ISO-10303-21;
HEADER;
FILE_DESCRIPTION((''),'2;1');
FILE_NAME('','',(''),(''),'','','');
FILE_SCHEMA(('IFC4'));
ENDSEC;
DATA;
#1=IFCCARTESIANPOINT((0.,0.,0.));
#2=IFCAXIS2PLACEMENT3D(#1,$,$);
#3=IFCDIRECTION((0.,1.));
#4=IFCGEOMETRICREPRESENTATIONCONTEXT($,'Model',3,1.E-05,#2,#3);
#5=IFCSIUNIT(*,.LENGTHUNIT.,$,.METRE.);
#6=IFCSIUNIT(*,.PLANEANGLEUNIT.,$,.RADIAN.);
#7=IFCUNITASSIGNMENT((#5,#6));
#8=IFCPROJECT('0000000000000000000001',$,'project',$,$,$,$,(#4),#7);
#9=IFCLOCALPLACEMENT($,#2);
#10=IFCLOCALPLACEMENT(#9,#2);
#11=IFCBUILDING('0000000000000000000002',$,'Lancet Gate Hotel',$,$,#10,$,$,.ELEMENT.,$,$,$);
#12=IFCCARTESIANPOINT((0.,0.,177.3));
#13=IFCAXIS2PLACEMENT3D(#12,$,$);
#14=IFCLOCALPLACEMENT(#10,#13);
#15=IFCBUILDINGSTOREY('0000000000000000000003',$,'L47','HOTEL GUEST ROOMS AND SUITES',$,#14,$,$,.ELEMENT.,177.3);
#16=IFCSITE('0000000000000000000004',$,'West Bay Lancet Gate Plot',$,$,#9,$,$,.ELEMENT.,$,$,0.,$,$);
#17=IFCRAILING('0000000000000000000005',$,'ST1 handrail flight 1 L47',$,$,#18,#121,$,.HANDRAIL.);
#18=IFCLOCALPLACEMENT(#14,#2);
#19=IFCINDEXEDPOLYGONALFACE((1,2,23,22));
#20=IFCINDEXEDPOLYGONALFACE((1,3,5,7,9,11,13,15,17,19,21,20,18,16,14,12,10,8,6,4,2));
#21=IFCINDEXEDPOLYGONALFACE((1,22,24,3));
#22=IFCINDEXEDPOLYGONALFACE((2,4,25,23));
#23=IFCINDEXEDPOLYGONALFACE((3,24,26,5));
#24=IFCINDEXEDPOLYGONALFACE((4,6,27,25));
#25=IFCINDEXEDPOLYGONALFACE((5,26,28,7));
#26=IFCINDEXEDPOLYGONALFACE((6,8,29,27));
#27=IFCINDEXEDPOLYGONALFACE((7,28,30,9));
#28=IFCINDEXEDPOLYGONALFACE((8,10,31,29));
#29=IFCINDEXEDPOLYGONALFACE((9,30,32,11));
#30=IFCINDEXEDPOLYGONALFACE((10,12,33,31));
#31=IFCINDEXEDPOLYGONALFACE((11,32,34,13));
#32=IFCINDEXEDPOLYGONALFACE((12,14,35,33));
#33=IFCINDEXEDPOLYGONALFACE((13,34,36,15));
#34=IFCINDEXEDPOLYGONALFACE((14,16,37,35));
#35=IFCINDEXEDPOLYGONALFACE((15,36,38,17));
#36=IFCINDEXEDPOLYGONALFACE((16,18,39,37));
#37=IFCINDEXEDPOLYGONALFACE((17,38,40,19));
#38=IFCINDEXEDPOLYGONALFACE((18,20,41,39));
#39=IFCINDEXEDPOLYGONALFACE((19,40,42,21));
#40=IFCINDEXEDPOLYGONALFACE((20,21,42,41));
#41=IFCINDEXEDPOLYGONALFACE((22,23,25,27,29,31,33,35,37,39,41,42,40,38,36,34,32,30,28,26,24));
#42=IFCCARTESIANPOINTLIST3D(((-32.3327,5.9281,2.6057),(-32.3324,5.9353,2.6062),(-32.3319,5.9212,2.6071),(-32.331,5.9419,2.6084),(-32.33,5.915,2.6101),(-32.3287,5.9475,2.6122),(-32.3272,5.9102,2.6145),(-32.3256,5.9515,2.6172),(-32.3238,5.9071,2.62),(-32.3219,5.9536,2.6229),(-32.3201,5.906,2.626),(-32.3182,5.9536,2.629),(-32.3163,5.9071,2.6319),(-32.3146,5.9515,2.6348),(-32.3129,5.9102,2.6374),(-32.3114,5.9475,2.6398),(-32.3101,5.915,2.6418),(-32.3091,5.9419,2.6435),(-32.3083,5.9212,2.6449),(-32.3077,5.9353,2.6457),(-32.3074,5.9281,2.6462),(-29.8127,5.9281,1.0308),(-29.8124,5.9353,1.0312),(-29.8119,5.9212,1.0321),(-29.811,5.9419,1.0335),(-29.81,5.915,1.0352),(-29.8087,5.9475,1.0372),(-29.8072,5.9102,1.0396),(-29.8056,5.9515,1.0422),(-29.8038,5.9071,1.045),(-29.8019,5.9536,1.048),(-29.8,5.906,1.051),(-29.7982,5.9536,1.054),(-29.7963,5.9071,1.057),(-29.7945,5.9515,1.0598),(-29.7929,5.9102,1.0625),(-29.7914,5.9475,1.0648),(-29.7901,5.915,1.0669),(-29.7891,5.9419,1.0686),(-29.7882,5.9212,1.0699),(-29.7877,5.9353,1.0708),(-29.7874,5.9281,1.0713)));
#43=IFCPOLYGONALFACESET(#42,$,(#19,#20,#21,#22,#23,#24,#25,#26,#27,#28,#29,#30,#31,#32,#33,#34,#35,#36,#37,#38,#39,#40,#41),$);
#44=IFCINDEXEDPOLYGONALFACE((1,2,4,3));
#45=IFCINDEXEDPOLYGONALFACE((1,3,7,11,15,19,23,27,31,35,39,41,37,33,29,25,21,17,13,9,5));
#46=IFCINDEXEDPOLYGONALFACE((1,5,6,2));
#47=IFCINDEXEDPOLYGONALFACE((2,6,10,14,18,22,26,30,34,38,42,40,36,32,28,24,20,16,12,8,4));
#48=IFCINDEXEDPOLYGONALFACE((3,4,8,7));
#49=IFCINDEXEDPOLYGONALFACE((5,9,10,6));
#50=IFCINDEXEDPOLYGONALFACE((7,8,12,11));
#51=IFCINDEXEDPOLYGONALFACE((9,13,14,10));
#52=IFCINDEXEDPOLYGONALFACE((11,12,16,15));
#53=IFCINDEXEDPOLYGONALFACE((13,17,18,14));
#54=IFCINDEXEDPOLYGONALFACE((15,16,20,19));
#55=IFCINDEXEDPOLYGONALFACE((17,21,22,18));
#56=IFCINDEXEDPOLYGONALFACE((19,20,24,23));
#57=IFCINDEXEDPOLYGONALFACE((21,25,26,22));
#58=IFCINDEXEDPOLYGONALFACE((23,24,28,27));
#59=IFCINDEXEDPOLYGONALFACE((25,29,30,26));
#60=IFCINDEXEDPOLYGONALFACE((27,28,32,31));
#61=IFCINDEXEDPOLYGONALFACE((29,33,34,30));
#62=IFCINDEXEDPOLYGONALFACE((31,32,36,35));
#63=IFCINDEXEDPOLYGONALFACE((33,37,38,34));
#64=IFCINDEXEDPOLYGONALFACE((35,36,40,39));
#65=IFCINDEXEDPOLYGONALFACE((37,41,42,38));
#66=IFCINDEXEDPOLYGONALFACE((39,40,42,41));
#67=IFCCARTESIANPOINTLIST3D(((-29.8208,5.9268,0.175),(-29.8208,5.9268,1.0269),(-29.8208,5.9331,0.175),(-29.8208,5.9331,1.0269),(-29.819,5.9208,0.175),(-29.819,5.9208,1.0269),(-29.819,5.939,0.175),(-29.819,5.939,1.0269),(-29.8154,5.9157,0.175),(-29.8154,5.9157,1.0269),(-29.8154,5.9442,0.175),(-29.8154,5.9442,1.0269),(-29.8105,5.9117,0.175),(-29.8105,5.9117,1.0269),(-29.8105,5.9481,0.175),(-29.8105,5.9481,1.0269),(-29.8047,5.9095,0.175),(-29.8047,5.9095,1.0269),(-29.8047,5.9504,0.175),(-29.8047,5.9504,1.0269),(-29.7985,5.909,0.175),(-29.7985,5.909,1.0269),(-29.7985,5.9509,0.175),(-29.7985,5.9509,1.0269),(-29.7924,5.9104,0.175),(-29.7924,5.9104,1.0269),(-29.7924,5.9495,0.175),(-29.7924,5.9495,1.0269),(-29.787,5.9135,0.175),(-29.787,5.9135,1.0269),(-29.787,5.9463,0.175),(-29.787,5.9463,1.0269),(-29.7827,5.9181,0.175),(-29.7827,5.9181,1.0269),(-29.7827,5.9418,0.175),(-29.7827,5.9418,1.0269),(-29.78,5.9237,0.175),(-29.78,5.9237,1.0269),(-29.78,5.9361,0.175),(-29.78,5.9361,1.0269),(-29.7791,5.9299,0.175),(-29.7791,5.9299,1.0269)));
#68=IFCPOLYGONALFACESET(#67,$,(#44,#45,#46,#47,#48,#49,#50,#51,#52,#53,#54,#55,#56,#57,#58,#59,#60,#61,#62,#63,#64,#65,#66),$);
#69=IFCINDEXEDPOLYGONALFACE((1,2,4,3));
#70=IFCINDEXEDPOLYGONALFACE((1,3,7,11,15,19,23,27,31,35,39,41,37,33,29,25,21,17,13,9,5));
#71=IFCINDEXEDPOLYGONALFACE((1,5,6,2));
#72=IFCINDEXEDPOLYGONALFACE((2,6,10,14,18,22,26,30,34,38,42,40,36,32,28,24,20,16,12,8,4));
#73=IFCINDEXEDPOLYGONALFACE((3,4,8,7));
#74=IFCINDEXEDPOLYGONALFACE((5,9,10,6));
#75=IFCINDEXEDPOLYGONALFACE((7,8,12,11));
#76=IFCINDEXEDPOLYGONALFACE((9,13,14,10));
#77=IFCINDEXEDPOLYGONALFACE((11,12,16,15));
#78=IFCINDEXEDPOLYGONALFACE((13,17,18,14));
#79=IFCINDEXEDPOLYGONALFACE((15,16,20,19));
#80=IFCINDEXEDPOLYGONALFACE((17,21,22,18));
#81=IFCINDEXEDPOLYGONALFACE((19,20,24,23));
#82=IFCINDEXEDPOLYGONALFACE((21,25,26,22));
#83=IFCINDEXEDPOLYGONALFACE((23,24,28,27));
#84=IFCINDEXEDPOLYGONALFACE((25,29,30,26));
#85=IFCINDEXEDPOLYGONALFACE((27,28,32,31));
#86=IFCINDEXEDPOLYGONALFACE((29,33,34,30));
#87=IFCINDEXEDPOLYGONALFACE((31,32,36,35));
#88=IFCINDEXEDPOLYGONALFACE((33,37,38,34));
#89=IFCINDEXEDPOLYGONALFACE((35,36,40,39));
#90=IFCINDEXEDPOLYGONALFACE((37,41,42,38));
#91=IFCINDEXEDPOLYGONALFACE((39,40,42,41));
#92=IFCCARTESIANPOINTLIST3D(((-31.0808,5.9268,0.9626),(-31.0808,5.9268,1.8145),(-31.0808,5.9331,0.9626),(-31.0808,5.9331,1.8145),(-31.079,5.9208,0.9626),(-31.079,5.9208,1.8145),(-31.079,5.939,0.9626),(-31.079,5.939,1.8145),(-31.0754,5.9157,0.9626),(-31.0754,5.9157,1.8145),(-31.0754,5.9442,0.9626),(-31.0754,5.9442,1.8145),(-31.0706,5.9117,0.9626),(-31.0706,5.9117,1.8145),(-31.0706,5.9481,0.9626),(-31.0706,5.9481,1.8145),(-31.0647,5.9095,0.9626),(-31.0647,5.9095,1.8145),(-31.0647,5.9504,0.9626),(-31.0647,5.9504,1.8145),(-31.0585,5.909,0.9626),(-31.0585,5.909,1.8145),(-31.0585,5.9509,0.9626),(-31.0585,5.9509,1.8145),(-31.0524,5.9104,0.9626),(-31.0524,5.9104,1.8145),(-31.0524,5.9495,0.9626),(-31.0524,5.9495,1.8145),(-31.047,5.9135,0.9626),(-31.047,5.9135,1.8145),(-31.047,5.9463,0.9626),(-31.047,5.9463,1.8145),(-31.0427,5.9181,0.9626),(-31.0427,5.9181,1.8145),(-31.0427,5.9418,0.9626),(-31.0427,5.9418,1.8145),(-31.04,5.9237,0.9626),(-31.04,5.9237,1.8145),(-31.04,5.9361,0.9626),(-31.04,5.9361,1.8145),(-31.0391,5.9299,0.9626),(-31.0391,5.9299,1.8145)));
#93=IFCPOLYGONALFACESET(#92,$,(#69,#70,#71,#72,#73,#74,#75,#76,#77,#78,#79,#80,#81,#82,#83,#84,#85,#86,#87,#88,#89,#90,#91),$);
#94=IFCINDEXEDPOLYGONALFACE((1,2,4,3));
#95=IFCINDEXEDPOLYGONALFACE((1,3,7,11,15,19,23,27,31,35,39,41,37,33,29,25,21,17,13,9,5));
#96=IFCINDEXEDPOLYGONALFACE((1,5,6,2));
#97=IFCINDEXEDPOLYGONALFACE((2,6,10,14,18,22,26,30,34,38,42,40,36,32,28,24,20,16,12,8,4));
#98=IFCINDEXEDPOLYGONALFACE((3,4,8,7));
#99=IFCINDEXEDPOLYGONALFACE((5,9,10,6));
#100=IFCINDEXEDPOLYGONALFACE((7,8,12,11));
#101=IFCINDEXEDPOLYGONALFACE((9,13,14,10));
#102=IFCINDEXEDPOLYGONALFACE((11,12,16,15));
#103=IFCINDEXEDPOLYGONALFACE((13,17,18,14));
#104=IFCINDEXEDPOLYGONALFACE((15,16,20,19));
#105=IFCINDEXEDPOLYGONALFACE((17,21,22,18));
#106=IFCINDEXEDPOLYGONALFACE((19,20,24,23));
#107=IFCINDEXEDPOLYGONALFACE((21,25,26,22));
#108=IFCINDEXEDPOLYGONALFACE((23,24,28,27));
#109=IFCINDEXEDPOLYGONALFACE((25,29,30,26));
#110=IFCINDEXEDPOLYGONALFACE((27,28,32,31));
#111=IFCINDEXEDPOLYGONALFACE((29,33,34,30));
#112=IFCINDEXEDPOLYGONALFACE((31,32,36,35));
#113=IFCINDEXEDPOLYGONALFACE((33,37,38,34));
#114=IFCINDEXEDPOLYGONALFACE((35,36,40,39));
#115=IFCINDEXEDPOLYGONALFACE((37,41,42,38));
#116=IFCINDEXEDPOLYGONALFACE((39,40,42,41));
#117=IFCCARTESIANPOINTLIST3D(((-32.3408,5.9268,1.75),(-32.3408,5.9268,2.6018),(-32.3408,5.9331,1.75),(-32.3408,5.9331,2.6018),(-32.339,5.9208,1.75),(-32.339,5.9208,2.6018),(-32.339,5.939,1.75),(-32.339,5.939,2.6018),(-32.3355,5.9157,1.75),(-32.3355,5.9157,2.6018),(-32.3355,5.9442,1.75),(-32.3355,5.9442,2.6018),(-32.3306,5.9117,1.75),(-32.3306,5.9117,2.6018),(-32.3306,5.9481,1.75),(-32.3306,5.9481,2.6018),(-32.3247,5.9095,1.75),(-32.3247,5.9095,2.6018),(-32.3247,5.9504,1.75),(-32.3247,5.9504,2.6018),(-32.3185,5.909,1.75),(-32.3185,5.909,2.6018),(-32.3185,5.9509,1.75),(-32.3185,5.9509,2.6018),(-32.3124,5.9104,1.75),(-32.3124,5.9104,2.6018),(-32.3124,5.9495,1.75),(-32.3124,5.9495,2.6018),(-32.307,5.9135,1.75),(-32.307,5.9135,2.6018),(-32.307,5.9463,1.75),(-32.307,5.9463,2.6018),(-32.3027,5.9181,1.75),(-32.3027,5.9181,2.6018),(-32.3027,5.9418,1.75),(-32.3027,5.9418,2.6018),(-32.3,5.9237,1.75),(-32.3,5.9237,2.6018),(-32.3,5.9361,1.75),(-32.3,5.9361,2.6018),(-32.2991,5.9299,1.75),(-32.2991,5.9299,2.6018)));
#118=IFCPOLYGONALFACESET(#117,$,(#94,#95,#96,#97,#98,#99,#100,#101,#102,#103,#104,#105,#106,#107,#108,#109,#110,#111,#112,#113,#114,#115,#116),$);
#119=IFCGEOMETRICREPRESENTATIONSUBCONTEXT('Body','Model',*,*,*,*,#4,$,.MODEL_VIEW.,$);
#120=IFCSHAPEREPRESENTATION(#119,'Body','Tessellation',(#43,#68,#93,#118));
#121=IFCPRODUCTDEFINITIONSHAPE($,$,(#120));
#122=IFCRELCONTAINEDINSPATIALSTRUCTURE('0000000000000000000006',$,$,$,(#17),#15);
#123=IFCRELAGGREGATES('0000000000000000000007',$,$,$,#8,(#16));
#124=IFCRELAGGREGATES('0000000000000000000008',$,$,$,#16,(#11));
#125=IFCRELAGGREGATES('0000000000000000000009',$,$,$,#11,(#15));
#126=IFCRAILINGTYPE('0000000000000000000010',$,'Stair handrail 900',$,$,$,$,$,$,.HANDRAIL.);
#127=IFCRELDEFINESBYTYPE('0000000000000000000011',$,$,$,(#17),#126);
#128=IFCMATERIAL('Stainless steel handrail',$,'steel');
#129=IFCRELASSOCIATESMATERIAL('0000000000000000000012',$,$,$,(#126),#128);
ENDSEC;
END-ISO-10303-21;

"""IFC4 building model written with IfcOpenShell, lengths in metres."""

from ifc_helpers import new_model, si_unit, direction, frame, origin, origin_2d, place, context, subcontext, project, spatial, circle, extrude, material, type_object, element, save


model = new_model("IFC4")

# Units and contexts
model_context = context("Model", 3, precision=1e-05, world=origin(), true_north=direction((0.0, 1.0)))
body_context = subcontext(model_context, "Body", "Model", "MODEL_VIEW")
ifc_project = project(units=[si_unit("LENGTHUNIT", "METRE"), si_unit("PLANEANGLEUNIT", "RADIAN")], contexts=[model_context])

# Site, building, storey
site_placement = place(None, origin())
site = spatial("IfcSite", under=ifc_project, at=site_placement, Name="West Bay Lancet Gate Plot", CompositionType="ELEMENT", RefElevation=0.0)
building_placement = place(site_placement, origin())
building = spatial("IfcBuilding", under=site, at=building_placement, Name="Lancet Gate Hotel", CompositionType="ELEMENT")
storey_placement = place(building_placement, frame((0.0, 0.0, 177.3)))
storey = spatial("IfcBuildingStorey", under=building, at=storey_placement, Name="L47", Description="HOTEL GUEST ROOMS AND SUITES", CompositionType="ELEMENT", Elevation=177.3)

# Railing
ifc_material_1 = material(Name="Stainless steel handrail", Category="steel")
railing_type = type_object("IfcRailingType", Name="Stair handrail 900", PredefinedType="HANDRAIL", material=ifc_material_1)
railing_1_placement = place(storey_placement, frame((-29.8, 5.9299, 0.175)))
element("IfcRailing", 1, at=railing_1_placement, inside=storey, type_object=railing_type, Name="ST1 handrail flight 1 L47", PredefinedType="HANDRAIL", context=body_context, shape_type="SweptSolid", body=[
    extrude(circle(Radius=0.0239, at=origin_2d()), frame((0.0, 0.0, 0.876), z_axis=(-0.848008, 0.0, 0.529984), x_axis=(0.0, -1.0, 0.0)), (0.0, 0.0, 1.0), 2.9717),
    extrude(circle(Radius=0.021, at=origin_2d()), origin(), (0.0, 0.0, 1.0), 0.8518),
    extrude(circle(Radius=0.021, at=origin_2d()), frame((-1.26, 0.0, 0.7876)), (0.0, 0.0, 1.0), 0.8518),
    extrude(circle(Radius=0.021, at=origin_2d()), frame((-2.52, 0.0, 1.575)), (0.0, 0.0, 1.0), 0.8518),
])

save(model, "model.ifc")
